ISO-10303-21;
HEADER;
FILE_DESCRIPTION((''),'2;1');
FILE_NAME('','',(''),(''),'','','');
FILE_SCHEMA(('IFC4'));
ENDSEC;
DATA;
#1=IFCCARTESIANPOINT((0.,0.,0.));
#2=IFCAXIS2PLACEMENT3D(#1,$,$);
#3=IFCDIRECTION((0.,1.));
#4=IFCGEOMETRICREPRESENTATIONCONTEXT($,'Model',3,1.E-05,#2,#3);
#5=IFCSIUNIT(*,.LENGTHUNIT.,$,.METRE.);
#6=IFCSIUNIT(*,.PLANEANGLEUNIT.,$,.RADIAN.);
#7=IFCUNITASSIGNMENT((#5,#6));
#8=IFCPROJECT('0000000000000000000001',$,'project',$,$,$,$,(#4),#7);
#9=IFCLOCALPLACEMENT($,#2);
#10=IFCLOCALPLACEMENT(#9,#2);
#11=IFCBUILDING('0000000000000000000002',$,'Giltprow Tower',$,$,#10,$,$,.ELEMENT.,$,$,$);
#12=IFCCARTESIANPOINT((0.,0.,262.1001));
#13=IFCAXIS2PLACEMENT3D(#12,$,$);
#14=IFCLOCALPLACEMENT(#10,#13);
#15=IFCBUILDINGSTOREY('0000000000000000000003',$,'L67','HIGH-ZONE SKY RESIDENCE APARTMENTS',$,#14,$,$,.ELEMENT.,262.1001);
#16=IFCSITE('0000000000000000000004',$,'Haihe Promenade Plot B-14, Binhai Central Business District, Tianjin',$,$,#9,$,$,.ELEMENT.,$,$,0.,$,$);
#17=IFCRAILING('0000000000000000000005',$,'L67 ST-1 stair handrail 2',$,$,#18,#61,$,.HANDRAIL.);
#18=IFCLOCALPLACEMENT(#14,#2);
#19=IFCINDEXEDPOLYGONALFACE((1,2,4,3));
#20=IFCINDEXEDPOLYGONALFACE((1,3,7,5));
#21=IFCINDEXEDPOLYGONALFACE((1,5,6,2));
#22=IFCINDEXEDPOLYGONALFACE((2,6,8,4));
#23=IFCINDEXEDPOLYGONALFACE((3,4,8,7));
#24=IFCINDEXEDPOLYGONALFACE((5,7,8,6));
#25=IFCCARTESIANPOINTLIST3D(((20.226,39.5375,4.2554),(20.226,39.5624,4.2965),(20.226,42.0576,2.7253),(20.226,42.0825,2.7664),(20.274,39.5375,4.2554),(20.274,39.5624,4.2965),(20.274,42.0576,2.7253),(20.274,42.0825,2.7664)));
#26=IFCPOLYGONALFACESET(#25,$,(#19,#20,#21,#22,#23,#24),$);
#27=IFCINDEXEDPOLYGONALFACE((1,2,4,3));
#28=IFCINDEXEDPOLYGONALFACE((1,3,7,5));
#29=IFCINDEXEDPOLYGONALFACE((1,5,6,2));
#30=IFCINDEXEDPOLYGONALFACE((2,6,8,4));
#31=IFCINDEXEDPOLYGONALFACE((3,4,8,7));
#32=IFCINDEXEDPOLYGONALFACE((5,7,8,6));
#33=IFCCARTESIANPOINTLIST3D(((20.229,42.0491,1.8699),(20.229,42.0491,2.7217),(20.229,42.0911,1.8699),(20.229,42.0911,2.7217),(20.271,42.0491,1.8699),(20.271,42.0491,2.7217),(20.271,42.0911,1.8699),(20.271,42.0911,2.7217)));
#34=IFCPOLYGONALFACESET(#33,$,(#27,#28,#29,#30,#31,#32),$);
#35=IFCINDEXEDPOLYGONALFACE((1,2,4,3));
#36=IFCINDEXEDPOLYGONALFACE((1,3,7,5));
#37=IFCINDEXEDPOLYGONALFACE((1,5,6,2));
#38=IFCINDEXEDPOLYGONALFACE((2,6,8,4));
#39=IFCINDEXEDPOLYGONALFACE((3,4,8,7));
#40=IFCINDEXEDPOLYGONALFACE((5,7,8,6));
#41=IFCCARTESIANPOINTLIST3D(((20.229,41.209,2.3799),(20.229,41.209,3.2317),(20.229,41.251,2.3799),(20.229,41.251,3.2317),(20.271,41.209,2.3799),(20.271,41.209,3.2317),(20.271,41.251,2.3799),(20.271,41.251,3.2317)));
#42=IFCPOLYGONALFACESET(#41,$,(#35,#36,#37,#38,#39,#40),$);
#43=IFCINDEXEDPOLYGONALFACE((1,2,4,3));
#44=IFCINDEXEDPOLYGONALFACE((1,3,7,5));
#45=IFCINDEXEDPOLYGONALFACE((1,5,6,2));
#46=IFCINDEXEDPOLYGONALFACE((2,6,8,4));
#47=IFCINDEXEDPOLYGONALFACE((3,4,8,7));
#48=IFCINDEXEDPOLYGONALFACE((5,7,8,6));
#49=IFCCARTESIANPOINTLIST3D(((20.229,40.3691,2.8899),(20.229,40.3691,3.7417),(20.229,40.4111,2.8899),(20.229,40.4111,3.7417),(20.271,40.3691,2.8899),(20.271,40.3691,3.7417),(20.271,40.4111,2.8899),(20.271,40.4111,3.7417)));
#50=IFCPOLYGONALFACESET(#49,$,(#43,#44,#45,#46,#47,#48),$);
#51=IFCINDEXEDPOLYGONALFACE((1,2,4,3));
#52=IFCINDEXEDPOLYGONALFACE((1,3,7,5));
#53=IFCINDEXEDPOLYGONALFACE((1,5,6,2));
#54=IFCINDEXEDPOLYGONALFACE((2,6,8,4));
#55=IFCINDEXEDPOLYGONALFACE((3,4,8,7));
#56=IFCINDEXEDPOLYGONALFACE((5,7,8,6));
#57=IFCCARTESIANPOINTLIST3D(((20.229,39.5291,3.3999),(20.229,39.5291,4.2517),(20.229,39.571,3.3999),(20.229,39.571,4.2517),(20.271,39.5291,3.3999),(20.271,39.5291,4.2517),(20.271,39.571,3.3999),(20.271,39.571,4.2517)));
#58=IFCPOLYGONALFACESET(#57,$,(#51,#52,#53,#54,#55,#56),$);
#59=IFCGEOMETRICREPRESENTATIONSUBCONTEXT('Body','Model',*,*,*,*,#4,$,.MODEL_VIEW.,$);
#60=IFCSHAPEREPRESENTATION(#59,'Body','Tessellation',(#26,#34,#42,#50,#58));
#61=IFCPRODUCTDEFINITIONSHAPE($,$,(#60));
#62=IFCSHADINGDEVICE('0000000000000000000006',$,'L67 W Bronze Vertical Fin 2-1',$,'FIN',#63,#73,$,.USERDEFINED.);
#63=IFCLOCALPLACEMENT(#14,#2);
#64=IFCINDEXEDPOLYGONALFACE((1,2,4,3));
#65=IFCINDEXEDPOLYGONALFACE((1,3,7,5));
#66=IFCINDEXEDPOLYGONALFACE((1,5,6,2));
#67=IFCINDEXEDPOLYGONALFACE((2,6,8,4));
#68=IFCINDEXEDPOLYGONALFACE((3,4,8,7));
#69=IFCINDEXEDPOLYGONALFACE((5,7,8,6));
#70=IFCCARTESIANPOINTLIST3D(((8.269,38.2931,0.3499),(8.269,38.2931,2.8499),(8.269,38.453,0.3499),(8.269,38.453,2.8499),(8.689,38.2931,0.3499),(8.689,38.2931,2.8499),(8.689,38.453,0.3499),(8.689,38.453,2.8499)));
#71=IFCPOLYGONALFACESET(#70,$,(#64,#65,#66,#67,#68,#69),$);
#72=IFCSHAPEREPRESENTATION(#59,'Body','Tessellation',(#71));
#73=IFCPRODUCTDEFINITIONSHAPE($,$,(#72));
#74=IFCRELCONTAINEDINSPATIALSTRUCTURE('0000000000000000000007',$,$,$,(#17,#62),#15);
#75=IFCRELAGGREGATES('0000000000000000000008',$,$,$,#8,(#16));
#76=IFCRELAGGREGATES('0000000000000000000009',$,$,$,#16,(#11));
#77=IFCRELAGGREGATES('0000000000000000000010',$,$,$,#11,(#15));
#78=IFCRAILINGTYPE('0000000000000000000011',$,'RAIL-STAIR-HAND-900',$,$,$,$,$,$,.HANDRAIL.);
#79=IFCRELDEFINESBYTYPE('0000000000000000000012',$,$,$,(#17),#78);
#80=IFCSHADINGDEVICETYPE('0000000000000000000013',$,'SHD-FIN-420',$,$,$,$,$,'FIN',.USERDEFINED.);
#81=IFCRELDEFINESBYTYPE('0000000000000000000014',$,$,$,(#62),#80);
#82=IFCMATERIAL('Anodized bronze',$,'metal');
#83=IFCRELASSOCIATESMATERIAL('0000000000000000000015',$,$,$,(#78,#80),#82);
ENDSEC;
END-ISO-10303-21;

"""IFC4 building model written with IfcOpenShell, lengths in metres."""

from ifc_helpers import new_model, si_unit, direction, frame, origin, origin_2d, place, context, subcontext, project, spatial, rectangle, extrude, source, transform, mapped, material, type_object, element, save


model = new_model("IFC4")

# Units and contexts
model_context = context("Model", 3, precision=1e-05, world=origin(), true_north=direction((0.0, 1.0)))
body_context = subcontext(model_context, "Body", "Model", "MODEL_VIEW")
ifc_project = project(units=[si_unit("LENGTHUNIT", "METRE"), si_unit("PLANEANGLEUNIT", "RADIAN")], contexts=[model_context])

# Site, building, storey
site_placement = place(None, origin())
site = spatial("IfcSite", under=ifc_project, at=site_placement, Name="Haihe Promenade Plot B-14, Binhai Central Business District, Tianjin", CompositionType="ELEMENT", RefElevation=0.0)
building_placement = place(site_placement, origin())
building = spatial("IfcBuilding", under=site, at=building_placement, Name="Giltprow Tower", CompositionType="ELEMENT")
storey_placement = place(building_placement, frame((0.0, 0.0, 262.1001)))
storey = spatial("IfcBuildingStorey", under=building, at=storey_placement, Name="L67", Description="HIGH-ZONE SKY RESIDENCE APARTMENTS", CompositionType="ELEMENT", Elevation=262.1001)

# Railing
ifc_material_1 = material(Name="Anodized bronze", Category="metal")
railing_type_1 = type_object("IfcRailingType", Name="RAIL-STAIR-HAND-900", PredefinedType="HANDRAIL", material=ifc_material_1)
railing_1_placement = place(storey_placement, frame((20.25, 42.0701, 1.8699)))
element("IfcRailing", 1, at=railing_1_placement, inside=storey, type_object=railing_type_1, Name="L67 ST-1 stair handrail 2", PredefinedType="HANDRAIL", context=body_context, shape_type="SweptSolid", body=[
    extrude(rectangle(XDim=0.0481, YDim=0.0481, at=origin_2d()), frame((0.0, 0.0, 0.876), z_axis=(0.0, -0.854785, 0.518982), x_axis=(1.0, 0.0, 0.0)), (0.0, 0.0, 1.0), 2.9482),
    extrude(rectangle(XDim=0.042, YDim=0.042, at=origin_2d()), origin(), (0.0, 0.0, 1.0), 0.8518),
    extrude(rectangle(XDim=0.042, YDim=0.042, at=origin_2d()), frame((0.0, -0.8401, 0.51)), (0.0, 0.0, 1.0), 0.8518),
    extrude(rectangle(XDim=0.042, YDim=0.042, at=origin_2d()), frame((0.0, -1.6799, 1.02)), (0.0, 0.0, 1.0), 0.8518),
    extrude(rectangle(XDim=0.042, YDim=0.042, at=origin_2d()), frame((0.0, -2.52, 1.53)), (0.0, 0.0, 1.0), 0.8518),
])

# Shading device
shading_device_type = type_object("IfcShadingDeviceType", Name="SHD-FIN-420", ElementType="FIN", PredefinedType="USERDEFINED", material=ifc_material_1)
shared_shape_1 = source(origin(), body_context, "Body", "SweptSolid", [
    extrude(rectangle(XDim=0.4199, YDim=0.1599, at=origin_2d()), origin(), (0.0, 0.0, 1.0), 2.5),
])
shading_device_placement = place(storey_placement, frame((8.479, 38.373, 0.3499), z_axis=(0.0, 0.0, 1.0), x_axis=(1.0, 0.0, 0.0)))
element("IfcShadingDevice", 2, at=shading_device_placement, inside=storey, type_object=shading_device_type, Name="L67 W Bronze Vertical Fin 2-1", ObjectType="FIN", PredefinedType="USERDEFINED", context=body_context, shape_type="MappedRepresentation", body=[
    mapped(shared_shape_1, transform((0.0, 0.0, 0.0), x_axis=(1.0, 0.0, 0.0), y_axis=(0.0, 1.0, 0.0), z_axis=(0.0, 0.0, 1.0), scale=1.0)),
])

save(model, "model.ifc")
